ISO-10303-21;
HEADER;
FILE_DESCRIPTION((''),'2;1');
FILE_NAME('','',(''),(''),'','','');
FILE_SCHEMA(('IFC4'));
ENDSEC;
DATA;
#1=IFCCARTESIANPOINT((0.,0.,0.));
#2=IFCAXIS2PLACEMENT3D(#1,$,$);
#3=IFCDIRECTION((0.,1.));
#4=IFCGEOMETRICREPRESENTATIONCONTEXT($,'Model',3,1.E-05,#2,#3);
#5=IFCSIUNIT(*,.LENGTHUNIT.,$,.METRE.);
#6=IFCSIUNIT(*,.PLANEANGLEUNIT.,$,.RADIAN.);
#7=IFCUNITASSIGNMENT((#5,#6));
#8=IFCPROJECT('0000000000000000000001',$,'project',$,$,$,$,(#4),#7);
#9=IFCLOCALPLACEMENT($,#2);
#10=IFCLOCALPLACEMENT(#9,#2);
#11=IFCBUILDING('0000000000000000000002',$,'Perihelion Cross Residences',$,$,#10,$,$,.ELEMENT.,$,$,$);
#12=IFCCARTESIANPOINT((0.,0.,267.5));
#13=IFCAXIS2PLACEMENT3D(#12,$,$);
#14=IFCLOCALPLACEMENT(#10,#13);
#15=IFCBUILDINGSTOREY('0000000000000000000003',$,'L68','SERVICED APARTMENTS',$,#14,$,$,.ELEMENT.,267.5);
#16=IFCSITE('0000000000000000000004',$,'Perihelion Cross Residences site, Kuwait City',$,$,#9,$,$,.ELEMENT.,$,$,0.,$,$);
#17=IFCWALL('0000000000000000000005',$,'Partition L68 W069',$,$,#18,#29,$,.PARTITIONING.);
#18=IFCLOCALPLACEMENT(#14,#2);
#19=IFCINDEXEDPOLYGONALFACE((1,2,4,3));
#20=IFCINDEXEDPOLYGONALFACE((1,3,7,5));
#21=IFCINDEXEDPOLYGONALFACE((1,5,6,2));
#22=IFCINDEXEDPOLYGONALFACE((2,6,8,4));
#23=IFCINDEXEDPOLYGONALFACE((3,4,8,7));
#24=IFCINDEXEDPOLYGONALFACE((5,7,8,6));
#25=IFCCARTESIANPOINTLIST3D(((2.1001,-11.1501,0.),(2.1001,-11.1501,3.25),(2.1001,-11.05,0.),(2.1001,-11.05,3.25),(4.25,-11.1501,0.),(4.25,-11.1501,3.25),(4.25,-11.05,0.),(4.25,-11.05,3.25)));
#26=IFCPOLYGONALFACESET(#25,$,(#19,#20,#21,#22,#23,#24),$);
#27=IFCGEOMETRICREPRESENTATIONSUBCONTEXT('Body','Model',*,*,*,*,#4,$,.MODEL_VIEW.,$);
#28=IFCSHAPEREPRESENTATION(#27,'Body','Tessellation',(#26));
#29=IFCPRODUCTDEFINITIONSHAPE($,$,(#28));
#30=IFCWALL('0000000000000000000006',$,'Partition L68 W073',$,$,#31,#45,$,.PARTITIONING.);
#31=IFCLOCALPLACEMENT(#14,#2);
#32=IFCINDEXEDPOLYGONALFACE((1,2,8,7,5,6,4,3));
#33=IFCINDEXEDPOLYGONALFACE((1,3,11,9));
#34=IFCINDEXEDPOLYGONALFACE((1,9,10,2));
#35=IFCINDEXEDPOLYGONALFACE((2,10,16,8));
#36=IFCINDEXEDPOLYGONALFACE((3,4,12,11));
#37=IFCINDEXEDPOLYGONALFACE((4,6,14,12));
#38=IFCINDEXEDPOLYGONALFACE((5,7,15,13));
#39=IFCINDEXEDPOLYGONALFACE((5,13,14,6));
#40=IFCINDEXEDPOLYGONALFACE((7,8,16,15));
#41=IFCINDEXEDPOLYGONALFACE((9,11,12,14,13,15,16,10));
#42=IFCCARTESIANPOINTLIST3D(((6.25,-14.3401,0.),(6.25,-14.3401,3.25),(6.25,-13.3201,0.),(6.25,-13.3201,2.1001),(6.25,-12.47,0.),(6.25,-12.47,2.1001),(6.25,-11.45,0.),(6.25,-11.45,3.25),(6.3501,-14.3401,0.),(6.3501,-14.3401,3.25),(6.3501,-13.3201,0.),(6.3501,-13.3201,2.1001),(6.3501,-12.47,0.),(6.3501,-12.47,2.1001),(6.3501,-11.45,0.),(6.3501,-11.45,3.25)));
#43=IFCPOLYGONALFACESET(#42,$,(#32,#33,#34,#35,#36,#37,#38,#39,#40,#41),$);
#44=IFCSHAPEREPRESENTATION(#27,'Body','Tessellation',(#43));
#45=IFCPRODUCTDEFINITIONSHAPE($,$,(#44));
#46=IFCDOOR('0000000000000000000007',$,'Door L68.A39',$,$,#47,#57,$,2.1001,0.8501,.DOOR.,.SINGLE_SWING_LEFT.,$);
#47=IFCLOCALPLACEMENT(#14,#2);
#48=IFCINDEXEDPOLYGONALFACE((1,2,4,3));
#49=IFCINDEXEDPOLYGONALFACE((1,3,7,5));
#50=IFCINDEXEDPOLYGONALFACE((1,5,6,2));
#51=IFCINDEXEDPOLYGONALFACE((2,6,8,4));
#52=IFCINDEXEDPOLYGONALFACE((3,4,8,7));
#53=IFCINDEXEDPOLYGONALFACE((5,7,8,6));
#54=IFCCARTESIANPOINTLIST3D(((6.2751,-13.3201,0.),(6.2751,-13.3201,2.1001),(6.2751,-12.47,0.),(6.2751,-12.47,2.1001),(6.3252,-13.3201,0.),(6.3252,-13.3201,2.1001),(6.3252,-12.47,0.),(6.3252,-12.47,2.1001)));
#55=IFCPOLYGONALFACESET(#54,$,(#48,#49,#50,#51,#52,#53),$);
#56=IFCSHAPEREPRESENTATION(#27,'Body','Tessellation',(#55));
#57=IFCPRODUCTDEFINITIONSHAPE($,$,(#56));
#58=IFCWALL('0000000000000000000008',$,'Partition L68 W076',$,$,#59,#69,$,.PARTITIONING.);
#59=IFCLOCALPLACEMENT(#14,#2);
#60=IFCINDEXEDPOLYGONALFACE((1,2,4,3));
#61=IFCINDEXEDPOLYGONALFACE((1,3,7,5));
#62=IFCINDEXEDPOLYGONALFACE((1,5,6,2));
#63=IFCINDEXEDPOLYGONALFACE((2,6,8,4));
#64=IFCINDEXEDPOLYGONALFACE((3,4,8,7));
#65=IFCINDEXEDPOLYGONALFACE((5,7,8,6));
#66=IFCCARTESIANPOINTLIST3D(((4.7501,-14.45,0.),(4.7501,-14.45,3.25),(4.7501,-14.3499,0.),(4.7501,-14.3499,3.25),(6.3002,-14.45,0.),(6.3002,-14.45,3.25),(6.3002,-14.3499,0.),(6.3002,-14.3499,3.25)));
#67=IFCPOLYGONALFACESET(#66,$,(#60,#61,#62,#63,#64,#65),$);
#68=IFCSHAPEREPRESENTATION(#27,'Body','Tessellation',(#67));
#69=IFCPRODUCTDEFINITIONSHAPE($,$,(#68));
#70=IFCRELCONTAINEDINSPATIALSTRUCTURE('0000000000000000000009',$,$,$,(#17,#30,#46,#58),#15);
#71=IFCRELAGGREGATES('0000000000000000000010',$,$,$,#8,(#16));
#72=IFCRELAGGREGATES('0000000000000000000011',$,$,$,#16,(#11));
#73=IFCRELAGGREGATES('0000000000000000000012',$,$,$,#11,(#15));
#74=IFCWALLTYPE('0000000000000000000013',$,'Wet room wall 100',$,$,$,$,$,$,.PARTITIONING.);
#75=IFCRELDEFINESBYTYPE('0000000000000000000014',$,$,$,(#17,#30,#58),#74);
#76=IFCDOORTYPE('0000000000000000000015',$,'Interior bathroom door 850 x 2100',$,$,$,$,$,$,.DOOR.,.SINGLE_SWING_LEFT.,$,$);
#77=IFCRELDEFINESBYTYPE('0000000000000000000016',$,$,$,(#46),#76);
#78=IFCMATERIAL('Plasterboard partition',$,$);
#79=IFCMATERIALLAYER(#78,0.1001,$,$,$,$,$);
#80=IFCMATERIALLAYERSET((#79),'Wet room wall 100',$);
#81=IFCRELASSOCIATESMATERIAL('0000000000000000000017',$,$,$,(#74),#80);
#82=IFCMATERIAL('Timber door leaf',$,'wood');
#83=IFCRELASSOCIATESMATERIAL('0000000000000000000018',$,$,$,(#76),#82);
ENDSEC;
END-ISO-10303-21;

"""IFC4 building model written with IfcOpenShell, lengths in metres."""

from ifc_helpers import new_model, si_unit, direction, frame, frame_2d, origin, place, context, subcontext, project, spatial, rectangle, extrude, material, layer, layer_set, type_object, element, fill, save


model = new_model("IFC4")

# Units and contexts
model_context = context("Model", 3, precision=1e-05, world=origin(), true_north=direction((0.0, 1.0)))
body_context = subcontext(model_context, "Body", "Model", "MODEL_VIEW")
ifc_project = project(units=[si_unit("LENGTHUNIT", "METRE"), si_unit("PLANEANGLEUNIT", "RADIAN")], contexts=[model_context])

# Site, building, storey
site_placement = place(None, origin())
site = spatial("IfcSite", under=ifc_project, at=site_placement, Name="Perihelion Cross Residences site, Kuwait City", CompositionType="ELEMENT", RefElevation=0.0)
building_placement = place(site_placement, origin())
building = spatial("IfcBuilding", under=site, at=building_placement, Name="Perihelion Cross Residences", CompositionType="ELEMENT")
storey_placement = place(building_placement, frame((0.0, 0.0, 267.5)))
storey = spatial("IfcBuildingStorey", under=building, at=storey_placement, Name="L68", Description="SERVICED APARTMENTS", CompositionType="ELEMENT", Elevation=267.5)

# Shared definitions
ifc_material_1 = material(Name="Plasterboard partition")
ifc_layer_1 = layer(ifc_material_1, 0.1001)
ifc_layer_set_1 = layer_set([ifc_layer_1], Name="Wet room wall 100")
wall_type_1 = type_object("IfcWallType", Name="Wet room wall 100", PredefinedType="PARTITIONING", material=ifc_layer_set_1)
ifc_material_2 = material(Name="Timber door leaf", Category="wood")
door_type_1 = type_object("IfcDoorType", Name="Interior bathroom door 850 x 2100", OperationType="SINGLE_SWING_LEFT", PredefinedType="DOOR", material=ifc_material_2)

# Wall
wall_1_placement = place(storey_placement, frame((4.25, -11.1001, 0.0), z_axis=(0.0, 0.0, 1.0), x_axis=(-1.0, 0.0, 0.0)))
element("IfcWall", 1, at=wall_1_placement, inside=storey, type_object=wall_type_1, Name="Partition L68 W069", PredefinedType="PARTITIONING", context=body_context, shape_type="SweptSolid", body=[
    extrude(rectangle(XDim=2.1499, YDim=0.1001, at=frame_2d((1.075, 0.0))), origin(), (0.0, 0.0, 1.0), 3.25),
])

# Wall, opening, door
wall_2_placement = place(storey_placement, frame((6.3, -14.3401, 0.0), z_axis=(0.0, 0.0, 1.0), x_axis=(0.0, 1.0, 0.0)))
wall_2 = element("IfcWall", 2, at=wall_2_placement, inside=storey, type_object=wall_type_1, Name="Partition L68 W073", PredefinedType="PARTITIONING", context=body_context, shape_type="SweptSolid", body=[
    extrude(rectangle(XDim=2.8901, YDim=0.1001, at=frame_2d((1.4451, 0.0))), origin(), (0.0, 0.0, 1.0), 3.25),
])
opening_1_placement = place(wall_2_placement, frame((1.02, 0.0, 0.0)))
opening_1 = element("IfcOpeningElement", 3, at=opening_1_placement, cuts=wall_2, PredefinedType="OPENING", context=body_context, shape_type="SweptSolid", body=[
    extrude(rectangle(XDim=0.8501, YDim=2.1001, at=frame_2d((0.425, 1.05))), frame((0.0, 0.0601, 0.0), z_axis=(0.0, -1.0, 0.0), x_axis=(1.0, 0.0, 0.0)), (0.0, 0.0, 1.0), 0.1201),
])
door_1_placement = place(opening_1_placement, origin())
door_1 = element("IfcDoor", 4, at=door_1_placement, inside=storey, type_object=door_type_1, Name="Door L68.A39", OperationType="SINGLE_SWING_LEFT", OverallHeight=2.1001, OverallWidth=0.8501, PredefinedType="DOOR", context=body_context, shape_type="SweptSolid", body=[
    extrude(rectangle(XDim=0.8501, YDim=2.1001, at=frame_2d((0.425, 1.05))), frame((0.0, 0.0249, 0.0), z_axis=(0.0, -1.0, 0.0), x_axis=(1.0, 0.0, 0.0)), (0.0, 0.0, 1.0), 0.05),
])
fill(opening_1, door_1)

# Wall
wall_3_placement = place(storey_placement, frame((6.3, -14.3999, 0.0), z_axis=(0.0, 0.0, 1.0), x_axis=(-1.0, 0.0, 0.0)))
element("IfcWall", 5, at=wall_3_placement, inside=storey, type_object=wall_type_1, Name="Partition L68 W076", PredefinedType="PARTITIONING", context=body_context, shape_type="SweptSolid", body=[
    extrude(rectangle(XDim=1.55, YDim=0.1001, at=frame_2d((0.7749, 0.0))), origin(), (0.0, 0.0, 1.0), 3.25),
])

save(model, "model.ifc")
